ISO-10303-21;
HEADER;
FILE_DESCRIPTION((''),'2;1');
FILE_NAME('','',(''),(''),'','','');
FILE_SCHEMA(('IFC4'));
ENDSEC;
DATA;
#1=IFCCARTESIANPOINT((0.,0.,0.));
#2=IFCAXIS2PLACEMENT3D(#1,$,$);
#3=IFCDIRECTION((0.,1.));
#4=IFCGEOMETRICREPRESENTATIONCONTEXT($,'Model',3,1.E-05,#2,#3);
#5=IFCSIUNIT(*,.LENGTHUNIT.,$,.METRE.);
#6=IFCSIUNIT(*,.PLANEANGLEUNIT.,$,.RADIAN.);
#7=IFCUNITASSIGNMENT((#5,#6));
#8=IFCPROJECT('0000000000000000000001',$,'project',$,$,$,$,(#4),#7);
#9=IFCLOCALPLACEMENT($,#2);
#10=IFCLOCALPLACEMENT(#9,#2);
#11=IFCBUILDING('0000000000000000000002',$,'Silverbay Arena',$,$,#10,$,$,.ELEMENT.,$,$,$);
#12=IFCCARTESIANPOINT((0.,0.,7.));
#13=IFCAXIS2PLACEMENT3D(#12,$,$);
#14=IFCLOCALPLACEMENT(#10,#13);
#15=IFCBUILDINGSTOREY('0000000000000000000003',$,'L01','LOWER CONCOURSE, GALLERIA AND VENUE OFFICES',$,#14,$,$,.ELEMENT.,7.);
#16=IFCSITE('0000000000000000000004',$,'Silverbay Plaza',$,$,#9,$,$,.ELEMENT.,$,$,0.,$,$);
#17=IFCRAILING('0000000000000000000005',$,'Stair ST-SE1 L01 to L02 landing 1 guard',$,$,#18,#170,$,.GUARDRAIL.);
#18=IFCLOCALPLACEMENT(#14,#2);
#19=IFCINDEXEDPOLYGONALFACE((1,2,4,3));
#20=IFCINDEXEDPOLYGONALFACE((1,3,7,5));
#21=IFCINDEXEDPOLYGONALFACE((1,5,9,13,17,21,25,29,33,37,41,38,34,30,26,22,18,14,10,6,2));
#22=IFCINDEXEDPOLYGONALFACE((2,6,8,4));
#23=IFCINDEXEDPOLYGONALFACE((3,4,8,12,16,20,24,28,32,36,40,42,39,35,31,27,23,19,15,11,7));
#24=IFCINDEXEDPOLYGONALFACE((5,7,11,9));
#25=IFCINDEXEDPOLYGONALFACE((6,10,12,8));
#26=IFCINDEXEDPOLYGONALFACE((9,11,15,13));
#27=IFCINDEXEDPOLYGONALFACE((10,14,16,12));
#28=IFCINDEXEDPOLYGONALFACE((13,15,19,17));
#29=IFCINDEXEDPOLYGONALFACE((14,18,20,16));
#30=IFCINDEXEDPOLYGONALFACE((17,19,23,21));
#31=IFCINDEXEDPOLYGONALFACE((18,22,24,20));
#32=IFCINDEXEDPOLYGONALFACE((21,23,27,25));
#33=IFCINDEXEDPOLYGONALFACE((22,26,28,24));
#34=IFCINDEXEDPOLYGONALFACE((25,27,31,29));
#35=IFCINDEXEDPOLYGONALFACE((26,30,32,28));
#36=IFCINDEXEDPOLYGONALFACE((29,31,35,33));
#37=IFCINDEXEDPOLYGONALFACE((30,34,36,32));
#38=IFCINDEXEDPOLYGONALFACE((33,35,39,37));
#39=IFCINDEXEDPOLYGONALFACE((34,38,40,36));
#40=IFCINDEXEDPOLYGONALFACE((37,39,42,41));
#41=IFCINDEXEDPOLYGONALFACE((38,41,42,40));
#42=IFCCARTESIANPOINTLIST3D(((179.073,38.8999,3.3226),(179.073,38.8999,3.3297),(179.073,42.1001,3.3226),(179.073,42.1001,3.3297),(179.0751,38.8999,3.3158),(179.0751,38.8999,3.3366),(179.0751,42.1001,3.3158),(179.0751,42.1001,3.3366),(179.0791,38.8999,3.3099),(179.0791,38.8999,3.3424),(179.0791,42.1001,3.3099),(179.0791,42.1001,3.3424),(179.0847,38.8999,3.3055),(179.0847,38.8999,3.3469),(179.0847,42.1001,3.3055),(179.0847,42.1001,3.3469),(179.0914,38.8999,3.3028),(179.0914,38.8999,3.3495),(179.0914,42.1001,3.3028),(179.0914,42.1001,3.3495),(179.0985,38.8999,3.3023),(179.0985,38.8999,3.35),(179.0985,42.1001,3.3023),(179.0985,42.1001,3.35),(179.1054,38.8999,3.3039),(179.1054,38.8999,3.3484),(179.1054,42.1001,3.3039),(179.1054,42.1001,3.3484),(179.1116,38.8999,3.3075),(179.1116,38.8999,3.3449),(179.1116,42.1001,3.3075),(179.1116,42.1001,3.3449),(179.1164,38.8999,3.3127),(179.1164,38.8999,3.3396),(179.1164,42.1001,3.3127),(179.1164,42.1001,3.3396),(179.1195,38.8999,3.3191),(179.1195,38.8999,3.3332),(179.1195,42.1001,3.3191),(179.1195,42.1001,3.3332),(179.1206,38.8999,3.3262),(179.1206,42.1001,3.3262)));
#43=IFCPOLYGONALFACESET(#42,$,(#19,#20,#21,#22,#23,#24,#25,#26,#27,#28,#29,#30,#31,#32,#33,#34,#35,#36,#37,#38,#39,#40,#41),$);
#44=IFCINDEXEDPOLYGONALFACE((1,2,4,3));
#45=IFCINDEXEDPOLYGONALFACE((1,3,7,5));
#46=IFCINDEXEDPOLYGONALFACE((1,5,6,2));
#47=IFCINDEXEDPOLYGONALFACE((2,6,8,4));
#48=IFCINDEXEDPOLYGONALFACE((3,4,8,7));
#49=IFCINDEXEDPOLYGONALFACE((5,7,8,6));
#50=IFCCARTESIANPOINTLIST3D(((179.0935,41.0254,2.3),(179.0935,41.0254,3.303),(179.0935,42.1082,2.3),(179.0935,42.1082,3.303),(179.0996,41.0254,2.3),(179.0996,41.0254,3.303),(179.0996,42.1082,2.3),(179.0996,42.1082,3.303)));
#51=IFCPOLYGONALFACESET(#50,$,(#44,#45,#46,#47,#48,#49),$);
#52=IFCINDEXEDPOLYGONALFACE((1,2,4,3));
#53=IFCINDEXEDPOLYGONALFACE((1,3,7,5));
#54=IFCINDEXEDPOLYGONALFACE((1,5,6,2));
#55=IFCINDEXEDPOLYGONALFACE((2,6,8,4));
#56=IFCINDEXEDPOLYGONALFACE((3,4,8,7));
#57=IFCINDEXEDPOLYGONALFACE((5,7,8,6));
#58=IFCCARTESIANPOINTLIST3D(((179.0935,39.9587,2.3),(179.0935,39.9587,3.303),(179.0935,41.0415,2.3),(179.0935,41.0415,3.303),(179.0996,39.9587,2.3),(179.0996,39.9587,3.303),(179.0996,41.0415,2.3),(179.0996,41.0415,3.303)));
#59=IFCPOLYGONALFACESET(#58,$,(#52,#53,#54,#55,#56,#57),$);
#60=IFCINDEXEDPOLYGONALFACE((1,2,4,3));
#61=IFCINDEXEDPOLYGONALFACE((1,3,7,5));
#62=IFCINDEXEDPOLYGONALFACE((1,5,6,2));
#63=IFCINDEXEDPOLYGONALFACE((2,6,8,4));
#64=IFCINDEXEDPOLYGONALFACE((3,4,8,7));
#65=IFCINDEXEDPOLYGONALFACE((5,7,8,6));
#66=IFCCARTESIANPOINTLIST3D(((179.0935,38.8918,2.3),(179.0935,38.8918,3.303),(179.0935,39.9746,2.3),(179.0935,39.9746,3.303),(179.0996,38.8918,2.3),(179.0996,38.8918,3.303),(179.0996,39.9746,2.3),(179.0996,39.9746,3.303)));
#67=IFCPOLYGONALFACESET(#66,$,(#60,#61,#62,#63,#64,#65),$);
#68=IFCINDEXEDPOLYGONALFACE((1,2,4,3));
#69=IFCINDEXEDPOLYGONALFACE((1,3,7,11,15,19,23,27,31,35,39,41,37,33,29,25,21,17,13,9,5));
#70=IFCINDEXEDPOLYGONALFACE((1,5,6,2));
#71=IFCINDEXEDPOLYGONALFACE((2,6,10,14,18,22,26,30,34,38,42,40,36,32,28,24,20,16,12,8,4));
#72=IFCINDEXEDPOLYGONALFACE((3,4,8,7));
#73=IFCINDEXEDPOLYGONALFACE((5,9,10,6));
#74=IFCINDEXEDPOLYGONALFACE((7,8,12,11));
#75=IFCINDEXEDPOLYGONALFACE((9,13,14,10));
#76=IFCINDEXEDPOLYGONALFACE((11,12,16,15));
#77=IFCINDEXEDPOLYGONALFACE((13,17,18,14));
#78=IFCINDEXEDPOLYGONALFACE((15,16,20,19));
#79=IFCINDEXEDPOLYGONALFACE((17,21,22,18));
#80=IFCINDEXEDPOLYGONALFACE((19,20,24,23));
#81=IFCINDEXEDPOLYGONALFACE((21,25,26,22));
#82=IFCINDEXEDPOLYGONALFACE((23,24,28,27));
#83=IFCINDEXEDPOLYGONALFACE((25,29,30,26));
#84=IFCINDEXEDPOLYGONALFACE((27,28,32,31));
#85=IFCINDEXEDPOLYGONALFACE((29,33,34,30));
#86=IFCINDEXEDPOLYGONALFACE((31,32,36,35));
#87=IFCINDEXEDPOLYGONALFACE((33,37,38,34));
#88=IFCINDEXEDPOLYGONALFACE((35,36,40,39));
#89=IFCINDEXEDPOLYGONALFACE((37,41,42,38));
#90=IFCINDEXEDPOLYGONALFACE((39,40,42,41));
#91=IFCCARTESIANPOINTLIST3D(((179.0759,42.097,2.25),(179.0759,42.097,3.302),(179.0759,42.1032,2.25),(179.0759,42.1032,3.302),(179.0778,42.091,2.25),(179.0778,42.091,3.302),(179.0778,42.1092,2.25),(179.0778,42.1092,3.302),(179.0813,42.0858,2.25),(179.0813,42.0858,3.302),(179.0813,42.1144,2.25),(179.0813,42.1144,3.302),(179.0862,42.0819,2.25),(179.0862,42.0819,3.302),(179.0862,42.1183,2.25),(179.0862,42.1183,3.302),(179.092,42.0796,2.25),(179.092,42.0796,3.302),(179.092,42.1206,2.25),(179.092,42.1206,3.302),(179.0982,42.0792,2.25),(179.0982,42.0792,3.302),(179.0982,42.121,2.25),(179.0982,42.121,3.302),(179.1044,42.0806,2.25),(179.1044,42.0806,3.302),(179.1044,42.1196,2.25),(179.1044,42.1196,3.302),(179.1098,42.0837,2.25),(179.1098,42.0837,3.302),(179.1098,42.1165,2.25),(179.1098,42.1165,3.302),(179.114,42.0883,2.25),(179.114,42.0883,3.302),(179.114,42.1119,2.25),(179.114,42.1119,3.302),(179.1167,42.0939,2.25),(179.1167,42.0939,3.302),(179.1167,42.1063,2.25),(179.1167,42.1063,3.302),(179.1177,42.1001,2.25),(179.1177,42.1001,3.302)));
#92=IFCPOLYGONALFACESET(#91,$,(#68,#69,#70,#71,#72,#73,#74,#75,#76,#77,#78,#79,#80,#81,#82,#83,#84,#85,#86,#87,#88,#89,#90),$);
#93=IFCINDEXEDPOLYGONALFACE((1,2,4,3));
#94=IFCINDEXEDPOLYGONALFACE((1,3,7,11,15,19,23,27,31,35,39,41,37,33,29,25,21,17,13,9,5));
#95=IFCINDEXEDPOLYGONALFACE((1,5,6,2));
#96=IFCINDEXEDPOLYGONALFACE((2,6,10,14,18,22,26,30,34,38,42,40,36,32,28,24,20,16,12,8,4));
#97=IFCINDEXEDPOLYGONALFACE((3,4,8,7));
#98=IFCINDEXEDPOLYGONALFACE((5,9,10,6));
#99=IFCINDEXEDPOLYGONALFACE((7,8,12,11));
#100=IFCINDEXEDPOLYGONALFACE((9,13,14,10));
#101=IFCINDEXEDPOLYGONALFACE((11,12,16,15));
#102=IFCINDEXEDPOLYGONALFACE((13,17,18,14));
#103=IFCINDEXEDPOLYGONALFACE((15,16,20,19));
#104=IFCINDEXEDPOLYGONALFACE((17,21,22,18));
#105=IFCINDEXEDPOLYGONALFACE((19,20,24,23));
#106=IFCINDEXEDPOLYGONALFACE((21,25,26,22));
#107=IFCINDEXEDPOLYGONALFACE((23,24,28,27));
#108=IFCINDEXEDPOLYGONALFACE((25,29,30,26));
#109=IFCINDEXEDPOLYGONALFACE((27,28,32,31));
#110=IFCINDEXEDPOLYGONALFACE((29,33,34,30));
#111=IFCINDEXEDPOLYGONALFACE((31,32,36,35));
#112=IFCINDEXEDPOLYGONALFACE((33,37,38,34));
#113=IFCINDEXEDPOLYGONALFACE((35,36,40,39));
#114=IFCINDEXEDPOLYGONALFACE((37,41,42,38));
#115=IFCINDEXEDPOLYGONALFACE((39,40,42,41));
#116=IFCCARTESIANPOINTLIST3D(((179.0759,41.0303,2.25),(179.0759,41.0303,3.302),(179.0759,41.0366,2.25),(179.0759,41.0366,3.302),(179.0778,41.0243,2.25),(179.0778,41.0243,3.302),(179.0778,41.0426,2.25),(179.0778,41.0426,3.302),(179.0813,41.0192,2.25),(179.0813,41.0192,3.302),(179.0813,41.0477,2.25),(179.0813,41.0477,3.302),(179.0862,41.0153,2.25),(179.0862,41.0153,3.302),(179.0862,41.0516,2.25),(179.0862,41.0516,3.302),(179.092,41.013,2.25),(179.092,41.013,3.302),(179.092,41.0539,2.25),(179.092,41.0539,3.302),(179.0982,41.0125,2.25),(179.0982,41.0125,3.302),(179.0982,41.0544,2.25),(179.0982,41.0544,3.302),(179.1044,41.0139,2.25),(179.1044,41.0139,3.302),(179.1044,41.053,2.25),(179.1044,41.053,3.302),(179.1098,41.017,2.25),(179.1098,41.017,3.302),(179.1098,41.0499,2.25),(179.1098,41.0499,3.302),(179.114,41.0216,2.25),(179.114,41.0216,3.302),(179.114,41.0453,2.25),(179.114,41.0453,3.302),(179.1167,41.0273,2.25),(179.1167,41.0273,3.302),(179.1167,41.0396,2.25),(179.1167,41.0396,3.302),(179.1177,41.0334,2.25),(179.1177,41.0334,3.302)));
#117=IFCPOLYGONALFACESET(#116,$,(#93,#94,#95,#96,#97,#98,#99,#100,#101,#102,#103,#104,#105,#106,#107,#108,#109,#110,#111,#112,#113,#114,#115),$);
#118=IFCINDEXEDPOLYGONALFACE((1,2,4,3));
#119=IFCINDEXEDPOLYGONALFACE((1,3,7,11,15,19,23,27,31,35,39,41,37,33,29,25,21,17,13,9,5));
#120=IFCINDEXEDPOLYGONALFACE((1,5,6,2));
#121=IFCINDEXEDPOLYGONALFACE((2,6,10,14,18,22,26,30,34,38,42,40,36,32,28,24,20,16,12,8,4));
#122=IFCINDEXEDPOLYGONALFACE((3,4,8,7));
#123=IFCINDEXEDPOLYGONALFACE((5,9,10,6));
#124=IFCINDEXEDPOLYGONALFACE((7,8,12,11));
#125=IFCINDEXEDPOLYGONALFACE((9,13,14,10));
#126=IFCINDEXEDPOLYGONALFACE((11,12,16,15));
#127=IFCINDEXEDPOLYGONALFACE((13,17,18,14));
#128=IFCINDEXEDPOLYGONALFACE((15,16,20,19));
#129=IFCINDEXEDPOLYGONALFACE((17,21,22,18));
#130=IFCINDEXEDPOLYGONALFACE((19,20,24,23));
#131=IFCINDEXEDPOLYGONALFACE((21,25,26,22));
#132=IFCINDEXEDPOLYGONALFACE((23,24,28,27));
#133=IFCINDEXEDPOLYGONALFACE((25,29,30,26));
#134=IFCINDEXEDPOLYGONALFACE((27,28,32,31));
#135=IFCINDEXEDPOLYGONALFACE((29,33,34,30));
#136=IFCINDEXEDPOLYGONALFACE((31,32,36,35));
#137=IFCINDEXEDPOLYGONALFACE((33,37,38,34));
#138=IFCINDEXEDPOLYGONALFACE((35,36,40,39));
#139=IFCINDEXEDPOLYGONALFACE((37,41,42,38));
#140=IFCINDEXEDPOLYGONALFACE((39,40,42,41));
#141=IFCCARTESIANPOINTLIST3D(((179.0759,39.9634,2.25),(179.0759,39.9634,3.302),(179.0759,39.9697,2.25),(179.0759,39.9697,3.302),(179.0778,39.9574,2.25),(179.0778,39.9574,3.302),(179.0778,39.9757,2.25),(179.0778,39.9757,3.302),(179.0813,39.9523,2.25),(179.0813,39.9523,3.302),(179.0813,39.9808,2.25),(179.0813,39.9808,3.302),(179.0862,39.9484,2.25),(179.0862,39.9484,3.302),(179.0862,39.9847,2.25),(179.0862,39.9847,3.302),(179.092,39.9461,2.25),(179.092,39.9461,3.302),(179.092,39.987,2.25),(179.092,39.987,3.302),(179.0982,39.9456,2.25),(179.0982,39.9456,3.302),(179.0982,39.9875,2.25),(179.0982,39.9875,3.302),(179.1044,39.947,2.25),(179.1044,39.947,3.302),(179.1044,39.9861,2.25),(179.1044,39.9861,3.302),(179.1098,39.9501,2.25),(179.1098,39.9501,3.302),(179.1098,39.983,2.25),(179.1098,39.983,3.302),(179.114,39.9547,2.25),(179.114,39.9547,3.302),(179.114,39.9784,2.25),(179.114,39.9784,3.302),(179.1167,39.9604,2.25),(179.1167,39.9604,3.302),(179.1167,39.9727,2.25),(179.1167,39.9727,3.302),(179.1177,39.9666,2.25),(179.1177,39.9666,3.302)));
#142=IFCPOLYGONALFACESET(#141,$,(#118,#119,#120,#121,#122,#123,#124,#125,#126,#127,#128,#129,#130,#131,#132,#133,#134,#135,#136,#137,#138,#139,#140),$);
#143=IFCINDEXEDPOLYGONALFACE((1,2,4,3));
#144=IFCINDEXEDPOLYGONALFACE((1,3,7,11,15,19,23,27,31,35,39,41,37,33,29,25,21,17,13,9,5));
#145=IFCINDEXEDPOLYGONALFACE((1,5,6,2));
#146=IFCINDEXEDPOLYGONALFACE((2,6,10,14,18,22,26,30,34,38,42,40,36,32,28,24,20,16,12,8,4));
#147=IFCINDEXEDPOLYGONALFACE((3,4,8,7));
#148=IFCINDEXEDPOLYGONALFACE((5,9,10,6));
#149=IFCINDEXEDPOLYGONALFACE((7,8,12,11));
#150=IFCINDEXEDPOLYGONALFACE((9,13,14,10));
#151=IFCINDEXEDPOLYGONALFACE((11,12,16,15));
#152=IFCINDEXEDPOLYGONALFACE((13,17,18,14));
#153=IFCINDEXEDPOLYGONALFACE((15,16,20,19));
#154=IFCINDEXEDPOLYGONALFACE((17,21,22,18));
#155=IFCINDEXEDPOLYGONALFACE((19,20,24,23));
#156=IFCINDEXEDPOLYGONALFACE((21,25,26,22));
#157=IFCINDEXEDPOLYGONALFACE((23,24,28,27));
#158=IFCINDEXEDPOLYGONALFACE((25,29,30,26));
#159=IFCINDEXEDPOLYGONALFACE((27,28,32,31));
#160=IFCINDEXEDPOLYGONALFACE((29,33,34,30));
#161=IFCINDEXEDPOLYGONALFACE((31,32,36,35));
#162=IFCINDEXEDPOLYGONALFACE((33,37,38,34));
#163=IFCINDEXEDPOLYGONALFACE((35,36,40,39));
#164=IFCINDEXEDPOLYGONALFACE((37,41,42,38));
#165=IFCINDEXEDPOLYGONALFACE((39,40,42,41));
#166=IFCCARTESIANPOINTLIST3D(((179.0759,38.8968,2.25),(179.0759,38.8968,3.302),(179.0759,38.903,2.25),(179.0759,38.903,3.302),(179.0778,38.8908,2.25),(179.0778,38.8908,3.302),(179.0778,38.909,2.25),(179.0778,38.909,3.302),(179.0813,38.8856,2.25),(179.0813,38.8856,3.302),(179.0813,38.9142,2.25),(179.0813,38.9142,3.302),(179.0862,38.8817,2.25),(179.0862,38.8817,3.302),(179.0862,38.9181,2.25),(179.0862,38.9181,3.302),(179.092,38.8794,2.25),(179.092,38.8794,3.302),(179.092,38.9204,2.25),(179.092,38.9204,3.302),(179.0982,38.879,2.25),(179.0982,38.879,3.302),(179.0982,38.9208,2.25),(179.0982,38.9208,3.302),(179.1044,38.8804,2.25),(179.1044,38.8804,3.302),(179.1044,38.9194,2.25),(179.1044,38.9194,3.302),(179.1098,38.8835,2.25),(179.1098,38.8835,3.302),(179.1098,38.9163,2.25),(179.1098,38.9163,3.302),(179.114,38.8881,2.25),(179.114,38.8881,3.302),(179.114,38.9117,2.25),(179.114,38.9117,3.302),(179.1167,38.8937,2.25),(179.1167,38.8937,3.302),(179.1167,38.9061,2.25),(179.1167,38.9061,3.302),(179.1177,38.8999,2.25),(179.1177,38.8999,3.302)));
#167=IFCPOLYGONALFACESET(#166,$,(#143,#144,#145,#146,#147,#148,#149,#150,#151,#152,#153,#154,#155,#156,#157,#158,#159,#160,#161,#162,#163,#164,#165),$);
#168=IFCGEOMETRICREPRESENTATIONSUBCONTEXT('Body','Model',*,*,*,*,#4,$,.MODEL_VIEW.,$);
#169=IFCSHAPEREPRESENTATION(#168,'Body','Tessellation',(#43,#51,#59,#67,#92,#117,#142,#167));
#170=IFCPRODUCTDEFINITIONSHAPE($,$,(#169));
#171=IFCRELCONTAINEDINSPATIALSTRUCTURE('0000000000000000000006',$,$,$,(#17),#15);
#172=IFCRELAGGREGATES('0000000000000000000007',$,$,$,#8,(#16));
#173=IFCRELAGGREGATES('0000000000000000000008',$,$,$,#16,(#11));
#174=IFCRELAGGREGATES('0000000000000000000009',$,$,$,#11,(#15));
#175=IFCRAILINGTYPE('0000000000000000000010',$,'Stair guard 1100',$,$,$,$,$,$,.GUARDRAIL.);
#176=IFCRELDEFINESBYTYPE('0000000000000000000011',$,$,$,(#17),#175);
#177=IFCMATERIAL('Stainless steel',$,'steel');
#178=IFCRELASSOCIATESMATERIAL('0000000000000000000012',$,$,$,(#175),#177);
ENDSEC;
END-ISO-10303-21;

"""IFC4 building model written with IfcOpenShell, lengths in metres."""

from ifc_helpers import new_model, si_unit, direction, frame, origin, origin_2d, place, context, subcontext, project, spatial, polyline, circle, outline, extrude, material, type_object, element, save


model = new_model("IFC4")

# Units and contexts
model_context = context("Model", 3, precision=1e-05, world=origin(), true_north=direction((0.0, 1.0)))
body_context = subcontext(model_context, "Body", "Model", "MODEL_VIEW")
ifc_project = project(units=[si_unit("LENGTHUNIT", "METRE"), si_unit("PLANEANGLEUNIT", "RADIAN")], contexts=[model_context])

# Site, building, storey
site_placement = place(None, origin())
site = spatial("IfcSite", under=ifc_project, at=site_placement, Name="Silverbay Plaza", CompositionType="ELEMENT", RefElevation=0.0)
building_placement = place(site_placement, origin())
building = spatial("IfcBuilding", under=site, at=building_placement, Name="Silverbay Arena", CompositionType="ELEMENT")
storey_placement = place(building_placement, frame((0.0, 0.0, 7.0)))
storey = spatial("IfcBuildingStorey", under=building, at=storey_placement, Name="L01", Description="LOWER CONCOURSE, GALLERIA AND VENUE OFFICES", CompositionType="ELEMENT", Elevation=7.0)

# Railing
ifc_material_1 = material(Name="Stainless steel", Category="steel")
railing_type_1 = type_object("IfcRailingType", Name="Stair guard 1100", PredefinedType="GUARDRAIL", material=ifc_material_1)
for number, where, name in (
    (1, (179.0967, 42.1001, 2.25), "Stair ST-SE1 L01 to L02 landing 1 guard"),
):
    element("IfcRailing", number, at=place(storey_placement, frame(where)), inside=storey, type_object=railing_type_1, Name=name, PredefinedType="GUARDRAIL", context=body_context, shape_type="SweptSolid", body=[
        extrude(circle(Radius=0.0239, at=origin_2d()), frame((0.0, 0.0, 1.0762), z_axis=(0.0, -1.0, 0.0), x_axis=(1.0, 0.0, 0.0)), (0.0, 0.0, 1.0), 3.2002),
        extrude(outline(polyline([(-0.0081, 0.05), (1.0747, 0.05), (1.0747, 1.053), (-0.0081, 1.053), (-0.0081, 0.05)])), frame((0.0029, 0.0, 0.0), z_axis=(-1.0, 0.0, 0.0), x_axis=(0.0, -1.0, 0.0)), (0.0, 0.0, 1.0), 0.0061),
        extrude(outline(polyline([(-0.0081, 0.05), (1.0747, 0.05), (1.0747, 1.053), (-0.0081, 1.053), (-0.0081, 0.05)])), frame((0.0029, -1.0667, 0.0), z_axis=(-1.0, 0.0, 0.0), x_axis=(0.0, -1.0, 0.0)), (0.0, 0.0, 1.0), 0.0061),
        extrude(outline(polyline([(-0.0081, 0.05), (1.0747, 0.05), (1.0747, 1.053), (-0.0081, 1.053), (-0.0081, 0.05)])), frame((0.0029, -2.1335, 0.0), z_axis=(-1.0, 0.0, 0.0), x_axis=(0.0, -1.0, 0.0)), (0.0, 0.0, 1.0), 0.0061),
        extrude(circle(Radius=0.021, at=origin_2d()), origin(), (0.0, 0.0, 1.0), 1.052),
        extrude(circle(Radius=0.021, at=origin_2d()), frame((0.0, -1.0667, 0.0)), (0.0, 0.0, 1.0), 1.052),
        extrude(circle(Radius=0.021, at=origin_2d()), frame((0.0, -2.1335, 0.0)), (0.0, 0.0, 1.0), 1.052),
        extrude(circle(Radius=0.021, at=origin_2d()), frame((0.0, -3.2002, 0.0)), (0.0, 0.0, 1.0), 1.052),
    ])

save(model, "model.ifc")
